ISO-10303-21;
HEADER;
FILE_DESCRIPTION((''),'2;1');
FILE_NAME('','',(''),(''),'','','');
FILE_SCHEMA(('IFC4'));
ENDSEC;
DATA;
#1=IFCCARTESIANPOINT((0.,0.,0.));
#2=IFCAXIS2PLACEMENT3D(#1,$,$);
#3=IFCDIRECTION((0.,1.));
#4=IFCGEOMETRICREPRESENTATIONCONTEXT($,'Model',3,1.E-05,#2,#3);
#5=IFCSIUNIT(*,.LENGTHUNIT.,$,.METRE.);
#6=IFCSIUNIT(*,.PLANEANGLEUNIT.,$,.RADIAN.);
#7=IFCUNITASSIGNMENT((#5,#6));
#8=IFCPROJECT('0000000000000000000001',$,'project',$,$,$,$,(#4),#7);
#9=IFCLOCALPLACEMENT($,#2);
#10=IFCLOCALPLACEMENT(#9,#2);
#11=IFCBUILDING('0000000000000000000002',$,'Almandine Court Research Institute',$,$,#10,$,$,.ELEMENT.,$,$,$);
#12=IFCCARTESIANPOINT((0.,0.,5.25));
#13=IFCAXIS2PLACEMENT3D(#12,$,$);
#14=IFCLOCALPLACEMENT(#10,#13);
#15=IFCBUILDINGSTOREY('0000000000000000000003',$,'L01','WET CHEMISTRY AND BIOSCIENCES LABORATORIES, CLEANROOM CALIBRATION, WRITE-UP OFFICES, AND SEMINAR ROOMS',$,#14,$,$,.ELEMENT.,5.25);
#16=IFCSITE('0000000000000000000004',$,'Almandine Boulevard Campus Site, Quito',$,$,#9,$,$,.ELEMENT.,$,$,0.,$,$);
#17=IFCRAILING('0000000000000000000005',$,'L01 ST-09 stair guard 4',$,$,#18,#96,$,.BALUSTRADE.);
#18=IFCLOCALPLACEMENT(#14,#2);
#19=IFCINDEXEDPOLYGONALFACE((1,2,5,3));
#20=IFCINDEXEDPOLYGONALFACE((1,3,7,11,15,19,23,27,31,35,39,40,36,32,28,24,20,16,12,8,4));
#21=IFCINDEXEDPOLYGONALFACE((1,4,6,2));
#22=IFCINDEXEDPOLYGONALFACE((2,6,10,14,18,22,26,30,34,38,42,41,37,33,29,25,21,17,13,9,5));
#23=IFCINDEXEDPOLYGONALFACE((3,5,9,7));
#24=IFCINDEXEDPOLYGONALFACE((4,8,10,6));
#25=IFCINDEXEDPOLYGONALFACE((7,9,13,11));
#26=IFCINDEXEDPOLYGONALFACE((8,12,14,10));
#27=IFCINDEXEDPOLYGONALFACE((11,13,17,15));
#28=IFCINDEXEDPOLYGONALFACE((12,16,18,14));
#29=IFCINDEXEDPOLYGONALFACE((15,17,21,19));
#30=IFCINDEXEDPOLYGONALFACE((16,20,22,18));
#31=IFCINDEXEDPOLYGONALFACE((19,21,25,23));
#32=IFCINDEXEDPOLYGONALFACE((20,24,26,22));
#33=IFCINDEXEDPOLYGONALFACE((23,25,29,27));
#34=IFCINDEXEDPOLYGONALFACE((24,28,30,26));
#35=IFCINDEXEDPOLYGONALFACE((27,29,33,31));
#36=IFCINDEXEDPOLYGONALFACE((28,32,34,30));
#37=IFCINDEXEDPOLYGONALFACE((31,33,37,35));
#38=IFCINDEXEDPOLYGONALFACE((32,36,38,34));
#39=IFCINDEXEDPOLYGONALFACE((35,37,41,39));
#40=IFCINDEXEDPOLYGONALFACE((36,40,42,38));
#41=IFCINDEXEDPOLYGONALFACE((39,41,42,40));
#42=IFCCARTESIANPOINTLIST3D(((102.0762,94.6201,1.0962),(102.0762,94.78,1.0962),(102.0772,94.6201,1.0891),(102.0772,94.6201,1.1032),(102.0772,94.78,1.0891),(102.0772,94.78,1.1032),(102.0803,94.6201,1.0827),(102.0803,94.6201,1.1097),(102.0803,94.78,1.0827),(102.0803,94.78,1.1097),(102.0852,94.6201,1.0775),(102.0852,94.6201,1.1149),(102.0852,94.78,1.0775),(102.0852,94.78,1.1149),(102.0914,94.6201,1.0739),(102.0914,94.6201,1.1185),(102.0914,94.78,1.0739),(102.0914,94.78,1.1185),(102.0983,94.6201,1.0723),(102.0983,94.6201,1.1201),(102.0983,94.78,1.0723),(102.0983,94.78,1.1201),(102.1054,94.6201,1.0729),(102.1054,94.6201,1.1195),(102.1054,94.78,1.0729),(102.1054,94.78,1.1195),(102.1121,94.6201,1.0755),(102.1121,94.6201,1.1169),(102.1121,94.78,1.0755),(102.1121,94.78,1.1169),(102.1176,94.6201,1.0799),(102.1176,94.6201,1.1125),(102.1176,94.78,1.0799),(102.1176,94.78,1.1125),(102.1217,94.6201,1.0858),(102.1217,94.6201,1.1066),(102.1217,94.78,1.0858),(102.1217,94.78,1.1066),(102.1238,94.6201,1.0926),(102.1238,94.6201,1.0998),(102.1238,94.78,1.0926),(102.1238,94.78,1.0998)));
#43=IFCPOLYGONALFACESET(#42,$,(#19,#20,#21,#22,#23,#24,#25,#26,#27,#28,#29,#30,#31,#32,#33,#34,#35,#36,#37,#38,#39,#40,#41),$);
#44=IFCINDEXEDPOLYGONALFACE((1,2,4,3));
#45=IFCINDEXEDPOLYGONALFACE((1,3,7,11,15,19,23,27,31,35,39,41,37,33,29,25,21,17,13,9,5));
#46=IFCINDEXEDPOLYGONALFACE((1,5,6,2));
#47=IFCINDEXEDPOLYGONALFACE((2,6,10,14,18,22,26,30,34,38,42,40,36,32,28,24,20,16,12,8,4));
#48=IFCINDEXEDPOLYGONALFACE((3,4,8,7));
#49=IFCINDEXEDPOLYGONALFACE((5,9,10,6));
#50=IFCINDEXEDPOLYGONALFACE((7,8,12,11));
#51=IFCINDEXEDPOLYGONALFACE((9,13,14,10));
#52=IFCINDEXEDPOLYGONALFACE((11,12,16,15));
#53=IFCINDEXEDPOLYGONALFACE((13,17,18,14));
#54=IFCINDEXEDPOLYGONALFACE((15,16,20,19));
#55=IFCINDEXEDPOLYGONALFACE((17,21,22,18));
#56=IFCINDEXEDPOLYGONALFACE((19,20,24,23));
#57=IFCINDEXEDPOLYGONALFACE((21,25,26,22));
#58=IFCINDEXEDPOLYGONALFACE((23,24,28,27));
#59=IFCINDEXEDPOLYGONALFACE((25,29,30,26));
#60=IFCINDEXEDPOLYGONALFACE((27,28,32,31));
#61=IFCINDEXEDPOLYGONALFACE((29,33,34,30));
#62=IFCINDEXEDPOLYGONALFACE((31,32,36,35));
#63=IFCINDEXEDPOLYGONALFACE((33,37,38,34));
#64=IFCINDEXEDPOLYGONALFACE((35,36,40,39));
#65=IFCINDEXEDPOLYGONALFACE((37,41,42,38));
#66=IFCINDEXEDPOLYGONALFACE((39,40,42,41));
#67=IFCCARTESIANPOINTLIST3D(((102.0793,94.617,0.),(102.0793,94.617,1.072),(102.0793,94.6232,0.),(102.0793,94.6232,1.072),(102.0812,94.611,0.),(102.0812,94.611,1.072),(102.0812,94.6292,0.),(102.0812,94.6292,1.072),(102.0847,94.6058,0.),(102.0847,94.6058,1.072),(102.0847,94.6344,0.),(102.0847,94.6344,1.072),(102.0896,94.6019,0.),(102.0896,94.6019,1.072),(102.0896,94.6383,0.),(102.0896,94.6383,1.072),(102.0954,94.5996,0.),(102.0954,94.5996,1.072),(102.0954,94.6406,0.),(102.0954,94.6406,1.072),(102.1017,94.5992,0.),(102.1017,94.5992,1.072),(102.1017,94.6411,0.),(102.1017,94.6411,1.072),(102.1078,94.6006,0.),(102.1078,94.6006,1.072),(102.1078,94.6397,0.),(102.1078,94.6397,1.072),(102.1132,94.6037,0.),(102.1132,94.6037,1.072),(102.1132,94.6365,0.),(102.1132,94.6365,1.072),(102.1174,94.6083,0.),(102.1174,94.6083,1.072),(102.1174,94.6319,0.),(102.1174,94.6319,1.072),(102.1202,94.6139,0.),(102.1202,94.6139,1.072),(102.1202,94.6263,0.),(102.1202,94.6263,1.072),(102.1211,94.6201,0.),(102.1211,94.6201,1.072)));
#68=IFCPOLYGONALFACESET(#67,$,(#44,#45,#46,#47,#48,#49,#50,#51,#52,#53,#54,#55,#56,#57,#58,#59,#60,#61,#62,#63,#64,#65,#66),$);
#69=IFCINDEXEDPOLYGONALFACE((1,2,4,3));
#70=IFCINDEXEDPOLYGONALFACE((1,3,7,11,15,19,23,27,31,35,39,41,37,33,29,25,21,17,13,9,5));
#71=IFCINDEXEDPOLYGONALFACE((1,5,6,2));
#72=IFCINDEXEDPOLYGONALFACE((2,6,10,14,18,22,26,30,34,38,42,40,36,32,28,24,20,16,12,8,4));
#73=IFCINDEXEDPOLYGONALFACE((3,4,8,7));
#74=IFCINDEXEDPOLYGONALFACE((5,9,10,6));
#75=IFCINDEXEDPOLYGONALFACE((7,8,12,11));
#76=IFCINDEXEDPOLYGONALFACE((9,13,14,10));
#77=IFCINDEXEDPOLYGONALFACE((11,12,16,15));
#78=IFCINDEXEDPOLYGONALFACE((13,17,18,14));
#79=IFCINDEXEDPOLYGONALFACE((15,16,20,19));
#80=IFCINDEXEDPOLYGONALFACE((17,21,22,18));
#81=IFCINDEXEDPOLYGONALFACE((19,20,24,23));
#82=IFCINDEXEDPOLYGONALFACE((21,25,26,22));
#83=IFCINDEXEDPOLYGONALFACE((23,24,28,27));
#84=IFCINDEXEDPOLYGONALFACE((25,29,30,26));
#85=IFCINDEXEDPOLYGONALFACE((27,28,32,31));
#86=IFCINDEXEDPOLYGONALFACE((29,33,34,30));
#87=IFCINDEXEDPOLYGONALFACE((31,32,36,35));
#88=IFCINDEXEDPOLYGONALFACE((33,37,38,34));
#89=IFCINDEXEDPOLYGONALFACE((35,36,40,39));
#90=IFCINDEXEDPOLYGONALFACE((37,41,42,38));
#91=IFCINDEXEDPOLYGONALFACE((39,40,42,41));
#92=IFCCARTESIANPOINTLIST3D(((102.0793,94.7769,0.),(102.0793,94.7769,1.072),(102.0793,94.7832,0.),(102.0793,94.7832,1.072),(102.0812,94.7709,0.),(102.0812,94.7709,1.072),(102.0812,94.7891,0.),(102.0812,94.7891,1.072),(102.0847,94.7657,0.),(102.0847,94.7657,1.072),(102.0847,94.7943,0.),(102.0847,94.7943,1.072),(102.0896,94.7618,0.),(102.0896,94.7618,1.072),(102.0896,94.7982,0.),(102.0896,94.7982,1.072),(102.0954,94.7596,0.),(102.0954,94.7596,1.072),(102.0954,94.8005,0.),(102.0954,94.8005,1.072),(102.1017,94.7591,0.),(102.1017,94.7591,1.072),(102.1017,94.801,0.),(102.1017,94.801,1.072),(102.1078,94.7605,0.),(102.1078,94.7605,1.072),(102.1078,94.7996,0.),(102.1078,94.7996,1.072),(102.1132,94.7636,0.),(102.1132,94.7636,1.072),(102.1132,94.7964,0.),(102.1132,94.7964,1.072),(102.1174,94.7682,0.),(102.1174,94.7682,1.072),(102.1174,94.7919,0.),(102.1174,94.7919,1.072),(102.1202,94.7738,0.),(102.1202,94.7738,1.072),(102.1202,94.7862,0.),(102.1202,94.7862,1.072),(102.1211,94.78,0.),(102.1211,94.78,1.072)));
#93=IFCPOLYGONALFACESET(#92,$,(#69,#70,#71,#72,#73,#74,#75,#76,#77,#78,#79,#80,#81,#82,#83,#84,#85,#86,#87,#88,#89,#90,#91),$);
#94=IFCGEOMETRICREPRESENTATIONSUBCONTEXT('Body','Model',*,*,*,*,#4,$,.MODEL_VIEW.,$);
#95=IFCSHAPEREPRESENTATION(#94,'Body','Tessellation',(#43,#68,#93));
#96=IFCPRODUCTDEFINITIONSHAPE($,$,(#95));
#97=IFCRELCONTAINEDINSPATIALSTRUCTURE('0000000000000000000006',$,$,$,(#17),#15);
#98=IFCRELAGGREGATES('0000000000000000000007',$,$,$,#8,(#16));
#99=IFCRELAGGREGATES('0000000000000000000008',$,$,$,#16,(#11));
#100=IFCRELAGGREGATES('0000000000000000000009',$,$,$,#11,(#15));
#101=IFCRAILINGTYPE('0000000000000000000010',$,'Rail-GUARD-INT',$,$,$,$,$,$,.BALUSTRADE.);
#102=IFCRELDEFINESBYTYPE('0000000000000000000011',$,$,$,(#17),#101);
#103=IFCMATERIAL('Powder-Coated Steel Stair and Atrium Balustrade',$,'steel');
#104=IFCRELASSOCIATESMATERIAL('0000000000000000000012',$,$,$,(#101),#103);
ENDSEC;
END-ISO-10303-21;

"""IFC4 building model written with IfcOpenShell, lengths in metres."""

from ifc_helpers import new_model, si_unit, direction, frame, origin, origin_2d, place, context, subcontext, project, spatial, circle, extrude, material, type_object, element, save


model = new_model("IFC4")

# Units and contexts
model_context = context("Model", 3, precision=1e-05, world=origin(), true_north=direction((0.0, 1.0)))
body_context = subcontext(model_context, "Body", "Model", "MODEL_VIEW")
ifc_project = project(units=[si_unit("LENGTHUNIT", "METRE"), si_unit("PLANEANGLEUNIT", "RADIAN")], contexts=[model_context])

# Site, building, storey
site_placement = place(None, origin())
site = spatial("IfcSite", under=ifc_project, at=site_placement, Name="Almandine Boulevard Campus Site, Quito", CompositionType="ELEMENT", RefElevation=0.0)
building_placement = place(site_placement, origin())
building = spatial("IfcBuilding", under=site, at=building_placement, Name="Almandine Court Research Institute", CompositionType="ELEMENT")
storey_placement = place(building_placement, frame((0.0, 0.0, 5.25)))
storey = spatial("IfcBuildingStorey", under=building, at=storey_placement, Name="L01", Description="WET CHEMISTRY AND BIOSCIENCES LABORATORIES, CLEANROOM CALIBRATION, WRITE-UP OFFICES, AND SEMINAR ROOMS", CompositionType="ELEMENT", Elevation=5.25)

# Railing
ifc_material_1 = material(Name="Powder-Coated Steel Stair and Atrium Balustrade", Category="steel")
railing_type_1 = type_object("IfcRailingType", Name="Rail-GUARD-INT", PredefinedType="BALUSTRADE", material=ifc_material_1)
railing_1_placement = place(storey_placement, frame((102.1001, 94.6201, 0.0)))
element("IfcRailing", 1, at=railing_1_placement, inside=storey, type_object=railing_type_1, Name="L01 ST-09 stair guard 4", PredefinedType="BALUSTRADE", context=body_context, shape_type="SweptSolid", body=[
    extrude(circle(Radius=0.0239, at=origin_2d()), frame((0.0, 0.0, 1.0962), z_axis=(0.0, 1.0, 0.0), x_axis=(-1.0, 0.0, 0.0)), (0.0, 0.0, 1.0), 0.1599),
    extrude(circle(Radius=0.021, at=origin_2d()), origin(), (0.0, 0.0, 1.0), 1.072),
    extrude(circle(Radius=0.021, at=origin_2d()), frame((0.0, 0.1599, 0.0)), (0.0, 0.0, 1.0), 1.072),
])

save(model, "model.ifc")
